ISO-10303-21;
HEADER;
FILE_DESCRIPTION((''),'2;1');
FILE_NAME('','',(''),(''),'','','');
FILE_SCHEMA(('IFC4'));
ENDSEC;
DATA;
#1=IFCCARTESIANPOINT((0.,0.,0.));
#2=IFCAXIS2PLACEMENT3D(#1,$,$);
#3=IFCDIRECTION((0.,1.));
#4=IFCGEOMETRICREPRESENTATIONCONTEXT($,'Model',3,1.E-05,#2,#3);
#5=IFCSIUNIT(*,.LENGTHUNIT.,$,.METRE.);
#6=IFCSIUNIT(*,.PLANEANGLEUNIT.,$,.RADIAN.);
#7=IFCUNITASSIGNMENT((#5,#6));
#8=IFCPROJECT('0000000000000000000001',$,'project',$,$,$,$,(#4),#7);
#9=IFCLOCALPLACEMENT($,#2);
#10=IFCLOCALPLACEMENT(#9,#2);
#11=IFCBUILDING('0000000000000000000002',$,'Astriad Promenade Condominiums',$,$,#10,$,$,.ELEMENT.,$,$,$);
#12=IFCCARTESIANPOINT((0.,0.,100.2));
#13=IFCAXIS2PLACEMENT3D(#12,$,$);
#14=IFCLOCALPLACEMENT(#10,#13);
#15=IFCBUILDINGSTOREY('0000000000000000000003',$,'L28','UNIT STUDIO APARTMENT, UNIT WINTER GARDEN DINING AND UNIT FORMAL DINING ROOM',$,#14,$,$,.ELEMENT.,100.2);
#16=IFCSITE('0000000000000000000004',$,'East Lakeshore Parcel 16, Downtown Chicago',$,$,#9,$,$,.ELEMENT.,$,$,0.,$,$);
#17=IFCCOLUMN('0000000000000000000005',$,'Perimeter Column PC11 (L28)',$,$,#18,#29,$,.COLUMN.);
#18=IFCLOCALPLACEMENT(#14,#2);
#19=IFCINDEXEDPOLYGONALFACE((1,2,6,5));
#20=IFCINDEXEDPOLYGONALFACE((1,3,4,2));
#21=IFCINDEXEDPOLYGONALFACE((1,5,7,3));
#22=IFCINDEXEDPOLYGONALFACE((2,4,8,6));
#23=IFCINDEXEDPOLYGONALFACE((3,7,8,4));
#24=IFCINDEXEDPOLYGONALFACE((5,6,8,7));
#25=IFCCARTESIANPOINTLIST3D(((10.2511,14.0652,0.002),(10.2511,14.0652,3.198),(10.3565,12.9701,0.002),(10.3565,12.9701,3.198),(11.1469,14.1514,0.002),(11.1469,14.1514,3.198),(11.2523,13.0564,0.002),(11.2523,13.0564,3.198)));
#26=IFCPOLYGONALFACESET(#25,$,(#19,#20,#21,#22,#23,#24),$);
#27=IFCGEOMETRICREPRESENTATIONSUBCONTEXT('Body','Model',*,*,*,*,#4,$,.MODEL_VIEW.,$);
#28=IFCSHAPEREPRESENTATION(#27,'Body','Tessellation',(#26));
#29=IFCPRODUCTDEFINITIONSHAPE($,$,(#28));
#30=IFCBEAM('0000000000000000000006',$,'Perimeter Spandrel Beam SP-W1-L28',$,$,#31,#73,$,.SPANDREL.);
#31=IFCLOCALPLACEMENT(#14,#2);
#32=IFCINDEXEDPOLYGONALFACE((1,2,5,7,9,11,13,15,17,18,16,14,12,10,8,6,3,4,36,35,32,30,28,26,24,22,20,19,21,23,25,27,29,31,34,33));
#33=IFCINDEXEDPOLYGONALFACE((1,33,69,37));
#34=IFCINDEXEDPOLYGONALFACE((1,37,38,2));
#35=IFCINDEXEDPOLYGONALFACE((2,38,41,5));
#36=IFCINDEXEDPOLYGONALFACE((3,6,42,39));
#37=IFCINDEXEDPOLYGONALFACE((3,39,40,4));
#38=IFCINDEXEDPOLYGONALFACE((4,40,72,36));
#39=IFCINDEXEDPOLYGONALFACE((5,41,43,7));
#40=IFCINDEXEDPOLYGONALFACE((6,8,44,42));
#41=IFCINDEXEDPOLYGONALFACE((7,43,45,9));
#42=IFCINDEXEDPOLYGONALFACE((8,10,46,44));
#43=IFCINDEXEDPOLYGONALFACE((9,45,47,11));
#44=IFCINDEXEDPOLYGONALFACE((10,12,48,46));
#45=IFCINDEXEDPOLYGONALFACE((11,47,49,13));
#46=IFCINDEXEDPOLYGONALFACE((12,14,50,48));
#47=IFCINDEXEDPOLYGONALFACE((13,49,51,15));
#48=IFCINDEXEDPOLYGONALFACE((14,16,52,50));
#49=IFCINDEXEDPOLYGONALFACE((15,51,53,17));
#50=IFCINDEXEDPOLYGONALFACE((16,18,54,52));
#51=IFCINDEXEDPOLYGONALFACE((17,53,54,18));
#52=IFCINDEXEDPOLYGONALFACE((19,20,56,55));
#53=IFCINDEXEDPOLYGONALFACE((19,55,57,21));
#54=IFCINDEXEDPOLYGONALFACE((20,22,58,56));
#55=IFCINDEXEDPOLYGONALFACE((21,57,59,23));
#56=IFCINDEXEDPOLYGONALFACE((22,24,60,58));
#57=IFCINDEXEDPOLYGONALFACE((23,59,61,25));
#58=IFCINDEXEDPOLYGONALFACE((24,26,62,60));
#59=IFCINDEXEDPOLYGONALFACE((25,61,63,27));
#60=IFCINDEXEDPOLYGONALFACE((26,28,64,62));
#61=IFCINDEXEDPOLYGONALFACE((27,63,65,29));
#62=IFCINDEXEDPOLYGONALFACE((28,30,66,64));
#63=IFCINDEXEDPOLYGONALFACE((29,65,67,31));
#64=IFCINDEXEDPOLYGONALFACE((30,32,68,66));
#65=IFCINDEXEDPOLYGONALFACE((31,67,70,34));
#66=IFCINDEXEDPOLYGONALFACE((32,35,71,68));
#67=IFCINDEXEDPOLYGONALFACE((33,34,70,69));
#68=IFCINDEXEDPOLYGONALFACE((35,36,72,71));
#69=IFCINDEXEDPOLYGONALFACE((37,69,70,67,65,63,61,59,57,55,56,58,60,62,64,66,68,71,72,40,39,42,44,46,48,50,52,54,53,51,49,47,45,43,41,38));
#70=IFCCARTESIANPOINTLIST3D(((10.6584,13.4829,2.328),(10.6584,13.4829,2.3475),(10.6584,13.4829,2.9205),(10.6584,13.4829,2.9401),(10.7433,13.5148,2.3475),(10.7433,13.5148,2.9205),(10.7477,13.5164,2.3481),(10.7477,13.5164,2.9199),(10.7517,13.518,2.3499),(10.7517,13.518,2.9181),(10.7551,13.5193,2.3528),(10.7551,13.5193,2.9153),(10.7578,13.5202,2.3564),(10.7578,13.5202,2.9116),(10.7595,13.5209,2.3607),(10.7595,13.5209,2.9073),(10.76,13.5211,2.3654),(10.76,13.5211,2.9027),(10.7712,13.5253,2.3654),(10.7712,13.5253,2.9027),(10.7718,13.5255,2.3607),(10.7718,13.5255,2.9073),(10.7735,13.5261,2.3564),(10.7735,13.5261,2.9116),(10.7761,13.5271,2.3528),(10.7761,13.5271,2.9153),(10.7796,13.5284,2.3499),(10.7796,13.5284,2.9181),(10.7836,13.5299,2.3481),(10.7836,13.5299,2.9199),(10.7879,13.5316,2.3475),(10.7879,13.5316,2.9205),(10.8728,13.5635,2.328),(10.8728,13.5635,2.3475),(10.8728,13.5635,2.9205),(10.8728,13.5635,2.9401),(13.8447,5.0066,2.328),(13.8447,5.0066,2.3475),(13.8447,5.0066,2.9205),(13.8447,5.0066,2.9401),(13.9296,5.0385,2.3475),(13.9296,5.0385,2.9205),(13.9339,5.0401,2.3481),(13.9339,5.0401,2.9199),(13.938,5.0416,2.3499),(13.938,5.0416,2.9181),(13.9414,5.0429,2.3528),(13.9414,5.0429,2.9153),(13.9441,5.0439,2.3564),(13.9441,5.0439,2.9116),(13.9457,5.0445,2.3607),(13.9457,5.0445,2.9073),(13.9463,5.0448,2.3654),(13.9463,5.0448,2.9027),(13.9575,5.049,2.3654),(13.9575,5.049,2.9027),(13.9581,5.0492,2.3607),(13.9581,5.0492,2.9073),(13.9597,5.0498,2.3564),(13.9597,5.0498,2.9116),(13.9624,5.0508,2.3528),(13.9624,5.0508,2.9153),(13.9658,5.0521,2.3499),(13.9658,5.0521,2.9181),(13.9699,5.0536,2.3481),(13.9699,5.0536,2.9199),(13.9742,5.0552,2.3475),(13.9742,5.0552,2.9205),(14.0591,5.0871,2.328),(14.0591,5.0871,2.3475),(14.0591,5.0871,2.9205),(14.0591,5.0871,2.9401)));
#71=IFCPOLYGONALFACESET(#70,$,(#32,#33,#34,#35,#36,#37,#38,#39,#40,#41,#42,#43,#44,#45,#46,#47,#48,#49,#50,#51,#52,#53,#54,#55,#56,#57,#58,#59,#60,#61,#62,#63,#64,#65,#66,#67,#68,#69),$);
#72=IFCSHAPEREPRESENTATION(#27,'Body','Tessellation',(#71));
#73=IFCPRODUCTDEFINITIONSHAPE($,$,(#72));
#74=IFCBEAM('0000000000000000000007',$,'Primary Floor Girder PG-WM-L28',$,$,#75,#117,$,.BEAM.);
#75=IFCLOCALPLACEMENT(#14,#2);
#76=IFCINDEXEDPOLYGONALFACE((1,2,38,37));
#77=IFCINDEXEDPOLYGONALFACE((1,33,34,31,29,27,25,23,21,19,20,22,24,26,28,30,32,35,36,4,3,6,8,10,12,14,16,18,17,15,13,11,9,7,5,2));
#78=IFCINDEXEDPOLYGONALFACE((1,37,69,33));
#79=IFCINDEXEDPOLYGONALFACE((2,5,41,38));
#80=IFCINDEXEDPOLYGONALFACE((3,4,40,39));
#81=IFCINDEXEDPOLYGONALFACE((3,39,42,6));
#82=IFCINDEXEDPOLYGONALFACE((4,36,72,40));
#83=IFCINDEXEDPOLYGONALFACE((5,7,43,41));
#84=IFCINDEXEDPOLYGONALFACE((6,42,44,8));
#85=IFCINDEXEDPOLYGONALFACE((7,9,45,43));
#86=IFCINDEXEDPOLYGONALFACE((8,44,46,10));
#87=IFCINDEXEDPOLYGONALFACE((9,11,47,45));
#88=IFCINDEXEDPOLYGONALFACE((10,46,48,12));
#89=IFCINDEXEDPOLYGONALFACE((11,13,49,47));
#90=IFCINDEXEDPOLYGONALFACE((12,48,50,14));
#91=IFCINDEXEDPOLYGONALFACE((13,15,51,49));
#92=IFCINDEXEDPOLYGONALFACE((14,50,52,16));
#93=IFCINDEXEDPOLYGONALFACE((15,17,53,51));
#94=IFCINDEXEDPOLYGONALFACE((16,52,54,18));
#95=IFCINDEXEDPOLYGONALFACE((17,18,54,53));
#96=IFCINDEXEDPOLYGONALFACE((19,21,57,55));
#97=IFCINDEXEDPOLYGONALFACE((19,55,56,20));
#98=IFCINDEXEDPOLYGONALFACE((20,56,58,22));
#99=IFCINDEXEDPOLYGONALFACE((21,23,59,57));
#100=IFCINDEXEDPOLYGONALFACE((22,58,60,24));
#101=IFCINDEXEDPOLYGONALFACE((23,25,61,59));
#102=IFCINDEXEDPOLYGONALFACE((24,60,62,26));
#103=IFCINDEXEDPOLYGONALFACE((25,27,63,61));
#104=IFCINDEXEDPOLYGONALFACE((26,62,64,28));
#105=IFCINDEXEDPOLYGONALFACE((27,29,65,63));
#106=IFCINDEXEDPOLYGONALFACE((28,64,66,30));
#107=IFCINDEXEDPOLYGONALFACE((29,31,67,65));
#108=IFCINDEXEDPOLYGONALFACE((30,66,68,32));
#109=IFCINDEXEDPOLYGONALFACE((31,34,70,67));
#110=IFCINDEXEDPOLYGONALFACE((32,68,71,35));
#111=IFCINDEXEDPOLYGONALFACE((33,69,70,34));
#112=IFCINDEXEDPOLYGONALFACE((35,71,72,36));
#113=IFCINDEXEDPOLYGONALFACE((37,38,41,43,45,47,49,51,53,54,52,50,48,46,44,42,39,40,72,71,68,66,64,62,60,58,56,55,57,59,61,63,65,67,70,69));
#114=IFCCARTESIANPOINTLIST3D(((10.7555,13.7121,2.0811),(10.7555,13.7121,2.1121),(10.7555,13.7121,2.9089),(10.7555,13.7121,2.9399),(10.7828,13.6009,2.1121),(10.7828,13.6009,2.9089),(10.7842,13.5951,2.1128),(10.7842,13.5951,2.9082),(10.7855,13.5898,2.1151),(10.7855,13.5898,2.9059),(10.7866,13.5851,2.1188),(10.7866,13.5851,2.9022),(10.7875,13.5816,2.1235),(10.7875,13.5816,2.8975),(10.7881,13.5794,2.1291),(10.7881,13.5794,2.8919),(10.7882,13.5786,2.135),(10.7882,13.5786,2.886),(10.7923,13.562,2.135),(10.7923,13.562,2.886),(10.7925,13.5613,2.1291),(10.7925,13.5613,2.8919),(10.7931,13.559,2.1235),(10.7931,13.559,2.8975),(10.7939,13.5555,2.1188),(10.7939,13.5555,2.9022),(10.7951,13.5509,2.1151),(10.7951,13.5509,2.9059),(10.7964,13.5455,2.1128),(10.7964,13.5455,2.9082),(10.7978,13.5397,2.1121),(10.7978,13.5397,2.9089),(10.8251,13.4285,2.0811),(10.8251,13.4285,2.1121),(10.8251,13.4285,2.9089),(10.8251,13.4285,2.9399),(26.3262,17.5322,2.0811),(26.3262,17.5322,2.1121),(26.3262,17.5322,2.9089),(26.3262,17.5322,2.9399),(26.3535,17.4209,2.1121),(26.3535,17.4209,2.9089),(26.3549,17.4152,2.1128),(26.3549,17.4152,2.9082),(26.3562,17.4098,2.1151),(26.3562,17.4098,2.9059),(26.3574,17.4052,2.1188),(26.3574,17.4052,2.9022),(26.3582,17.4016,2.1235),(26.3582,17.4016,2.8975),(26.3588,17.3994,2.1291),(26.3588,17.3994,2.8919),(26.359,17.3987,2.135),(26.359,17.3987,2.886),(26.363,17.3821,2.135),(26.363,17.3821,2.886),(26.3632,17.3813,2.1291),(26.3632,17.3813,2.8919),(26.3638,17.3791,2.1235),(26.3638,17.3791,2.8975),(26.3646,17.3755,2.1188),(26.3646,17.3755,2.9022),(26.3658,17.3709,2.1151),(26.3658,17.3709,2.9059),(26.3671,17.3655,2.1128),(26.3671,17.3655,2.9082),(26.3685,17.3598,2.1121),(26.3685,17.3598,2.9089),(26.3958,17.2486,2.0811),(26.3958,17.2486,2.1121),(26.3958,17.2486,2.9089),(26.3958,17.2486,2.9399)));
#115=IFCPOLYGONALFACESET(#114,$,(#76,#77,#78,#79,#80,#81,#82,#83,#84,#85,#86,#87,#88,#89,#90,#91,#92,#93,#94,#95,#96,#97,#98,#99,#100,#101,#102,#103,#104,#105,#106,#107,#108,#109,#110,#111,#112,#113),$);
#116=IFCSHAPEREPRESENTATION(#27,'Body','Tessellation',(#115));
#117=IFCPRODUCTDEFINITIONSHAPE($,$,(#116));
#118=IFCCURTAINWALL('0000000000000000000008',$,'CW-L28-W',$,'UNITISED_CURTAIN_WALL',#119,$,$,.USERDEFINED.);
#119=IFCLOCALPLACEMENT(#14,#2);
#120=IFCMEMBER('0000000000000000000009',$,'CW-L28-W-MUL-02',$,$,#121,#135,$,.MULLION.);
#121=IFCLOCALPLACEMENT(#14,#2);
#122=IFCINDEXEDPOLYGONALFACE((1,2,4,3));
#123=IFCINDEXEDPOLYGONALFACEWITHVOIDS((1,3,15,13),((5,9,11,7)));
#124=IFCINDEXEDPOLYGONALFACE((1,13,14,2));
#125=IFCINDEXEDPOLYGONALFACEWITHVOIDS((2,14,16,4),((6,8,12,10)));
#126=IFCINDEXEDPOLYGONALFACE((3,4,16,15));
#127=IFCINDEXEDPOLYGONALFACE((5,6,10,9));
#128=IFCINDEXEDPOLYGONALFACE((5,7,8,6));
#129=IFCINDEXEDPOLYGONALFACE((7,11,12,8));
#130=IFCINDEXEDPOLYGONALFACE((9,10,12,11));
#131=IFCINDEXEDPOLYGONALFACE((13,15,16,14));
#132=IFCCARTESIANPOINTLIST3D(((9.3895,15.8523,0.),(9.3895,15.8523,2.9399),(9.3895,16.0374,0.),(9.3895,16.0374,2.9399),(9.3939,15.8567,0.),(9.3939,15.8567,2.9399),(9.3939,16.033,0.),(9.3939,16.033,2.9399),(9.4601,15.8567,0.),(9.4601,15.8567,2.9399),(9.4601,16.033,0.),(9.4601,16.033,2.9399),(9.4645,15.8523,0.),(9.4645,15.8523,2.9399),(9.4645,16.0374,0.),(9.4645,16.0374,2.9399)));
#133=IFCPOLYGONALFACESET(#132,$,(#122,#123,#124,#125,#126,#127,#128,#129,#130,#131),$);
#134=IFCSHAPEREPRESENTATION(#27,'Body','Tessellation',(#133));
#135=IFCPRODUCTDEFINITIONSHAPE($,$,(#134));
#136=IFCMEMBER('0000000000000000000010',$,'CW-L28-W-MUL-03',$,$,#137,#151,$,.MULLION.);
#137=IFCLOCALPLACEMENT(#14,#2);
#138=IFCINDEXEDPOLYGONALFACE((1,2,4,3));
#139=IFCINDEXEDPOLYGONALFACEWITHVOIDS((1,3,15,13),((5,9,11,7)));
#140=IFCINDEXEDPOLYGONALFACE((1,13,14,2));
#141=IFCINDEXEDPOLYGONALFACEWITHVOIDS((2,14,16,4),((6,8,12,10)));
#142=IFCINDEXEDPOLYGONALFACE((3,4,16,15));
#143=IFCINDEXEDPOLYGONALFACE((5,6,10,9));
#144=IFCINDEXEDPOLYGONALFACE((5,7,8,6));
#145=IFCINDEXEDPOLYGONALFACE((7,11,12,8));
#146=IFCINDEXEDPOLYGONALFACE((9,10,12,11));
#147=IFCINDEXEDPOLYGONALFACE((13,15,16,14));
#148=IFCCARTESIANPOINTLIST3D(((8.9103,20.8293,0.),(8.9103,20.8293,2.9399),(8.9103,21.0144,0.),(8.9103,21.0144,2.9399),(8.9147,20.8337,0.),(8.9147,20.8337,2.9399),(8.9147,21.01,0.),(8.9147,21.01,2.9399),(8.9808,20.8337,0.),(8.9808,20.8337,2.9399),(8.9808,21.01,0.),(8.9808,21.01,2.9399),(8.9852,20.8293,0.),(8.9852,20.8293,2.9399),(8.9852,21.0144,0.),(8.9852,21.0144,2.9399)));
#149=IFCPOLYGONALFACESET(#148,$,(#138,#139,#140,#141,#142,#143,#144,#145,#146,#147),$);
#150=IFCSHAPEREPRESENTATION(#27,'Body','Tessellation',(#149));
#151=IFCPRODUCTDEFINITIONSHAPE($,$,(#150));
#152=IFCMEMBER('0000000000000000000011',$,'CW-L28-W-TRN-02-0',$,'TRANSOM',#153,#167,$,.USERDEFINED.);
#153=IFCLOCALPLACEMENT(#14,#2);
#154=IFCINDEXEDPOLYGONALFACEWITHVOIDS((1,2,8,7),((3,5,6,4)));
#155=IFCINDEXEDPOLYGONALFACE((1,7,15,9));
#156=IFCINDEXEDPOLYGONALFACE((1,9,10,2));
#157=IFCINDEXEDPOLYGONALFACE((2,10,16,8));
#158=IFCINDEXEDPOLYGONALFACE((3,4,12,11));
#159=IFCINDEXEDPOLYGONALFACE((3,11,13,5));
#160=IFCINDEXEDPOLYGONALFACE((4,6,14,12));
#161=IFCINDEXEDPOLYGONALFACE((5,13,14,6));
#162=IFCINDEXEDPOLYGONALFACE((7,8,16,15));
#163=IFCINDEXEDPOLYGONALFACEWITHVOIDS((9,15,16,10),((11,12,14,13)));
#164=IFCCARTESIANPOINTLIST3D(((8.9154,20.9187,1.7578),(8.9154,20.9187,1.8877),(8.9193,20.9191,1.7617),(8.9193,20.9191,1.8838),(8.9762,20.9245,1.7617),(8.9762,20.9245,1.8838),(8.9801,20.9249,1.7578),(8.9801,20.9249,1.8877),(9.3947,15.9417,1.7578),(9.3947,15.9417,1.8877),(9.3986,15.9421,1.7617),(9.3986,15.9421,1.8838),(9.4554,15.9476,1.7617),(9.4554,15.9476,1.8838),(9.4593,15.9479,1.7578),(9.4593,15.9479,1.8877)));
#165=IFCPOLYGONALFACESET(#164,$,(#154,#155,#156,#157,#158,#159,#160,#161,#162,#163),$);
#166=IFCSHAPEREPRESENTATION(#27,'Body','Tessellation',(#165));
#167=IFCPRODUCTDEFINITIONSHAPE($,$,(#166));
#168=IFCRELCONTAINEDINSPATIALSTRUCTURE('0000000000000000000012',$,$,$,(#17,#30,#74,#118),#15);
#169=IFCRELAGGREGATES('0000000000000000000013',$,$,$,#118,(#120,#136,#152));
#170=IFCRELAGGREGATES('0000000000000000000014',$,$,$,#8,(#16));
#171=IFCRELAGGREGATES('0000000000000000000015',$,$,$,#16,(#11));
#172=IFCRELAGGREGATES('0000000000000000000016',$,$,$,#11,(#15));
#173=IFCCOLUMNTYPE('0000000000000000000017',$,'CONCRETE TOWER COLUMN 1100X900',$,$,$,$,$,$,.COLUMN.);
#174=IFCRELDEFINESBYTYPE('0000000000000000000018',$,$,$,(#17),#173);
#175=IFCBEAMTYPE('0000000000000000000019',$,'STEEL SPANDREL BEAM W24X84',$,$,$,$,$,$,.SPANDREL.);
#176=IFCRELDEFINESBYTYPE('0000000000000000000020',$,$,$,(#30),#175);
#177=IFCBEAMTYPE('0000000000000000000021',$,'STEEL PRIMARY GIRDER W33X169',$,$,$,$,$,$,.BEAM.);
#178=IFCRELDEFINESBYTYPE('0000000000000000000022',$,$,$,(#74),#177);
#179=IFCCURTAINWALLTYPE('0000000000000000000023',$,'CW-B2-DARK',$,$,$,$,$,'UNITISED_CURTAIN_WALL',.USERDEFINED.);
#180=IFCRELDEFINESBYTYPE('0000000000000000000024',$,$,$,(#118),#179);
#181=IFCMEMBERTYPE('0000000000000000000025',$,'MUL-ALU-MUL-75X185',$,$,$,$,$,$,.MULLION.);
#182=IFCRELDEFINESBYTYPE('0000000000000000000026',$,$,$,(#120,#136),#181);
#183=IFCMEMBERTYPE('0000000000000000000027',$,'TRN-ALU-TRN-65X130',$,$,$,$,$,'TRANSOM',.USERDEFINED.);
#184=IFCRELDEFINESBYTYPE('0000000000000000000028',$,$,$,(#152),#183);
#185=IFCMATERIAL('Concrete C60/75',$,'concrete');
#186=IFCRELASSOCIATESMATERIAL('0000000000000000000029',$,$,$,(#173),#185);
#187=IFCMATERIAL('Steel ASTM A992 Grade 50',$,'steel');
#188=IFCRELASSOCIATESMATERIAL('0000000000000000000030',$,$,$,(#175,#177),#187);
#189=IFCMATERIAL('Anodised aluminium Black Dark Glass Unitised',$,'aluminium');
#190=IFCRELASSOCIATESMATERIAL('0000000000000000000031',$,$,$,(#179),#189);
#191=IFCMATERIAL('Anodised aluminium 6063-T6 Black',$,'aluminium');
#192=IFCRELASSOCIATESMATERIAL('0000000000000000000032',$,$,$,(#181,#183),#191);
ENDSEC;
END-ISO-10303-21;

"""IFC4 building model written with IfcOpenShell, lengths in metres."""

from ifc_helpers import new_model, si_unit, direction, frame, origin, origin_2d, place, context, subcontext, project, spatial, rectangle, hollow_rectangle, i_section, extrude, source, transform, mapped, material, material_profile, profile_set, type_object, type_shapes, element, aggregate, save


model = new_model("IFC4")

# Units and contexts
model_context = context("Model", 3, precision=1e-05, world=origin(), true_north=direction((0.0, 1.0)))
body_context = subcontext(model_context, "Body", "Model", "MODEL_VIEW")
ifc_project = project(units=[si_unit("LENGTHUNIT", "METRE"), si_unit("PLANEANGLEUNIT", "RADIAN")], contexts=[model_context])

# Site, building, storey
site_placement = place(None, origin())
site = spatial("IfcSite", under=ifc_project, at=site_placement, Name="East Lakeshore Parcel 16, Downtown Chicago", CompositionType="ELEMENT", RefElevation=0.0)
building_placement = place(site_placement, origin())
building = spatial("IfcBuilding", under=site, at=building_placement, Name="Astriad Promenade Condominiums", CompositionType="ELEMENT")
storey_placement = place(building_placement, frame((0.0, 0.0, 100.2)))
storey = spatial("IfcBuildingStorey", under=building, at=storey_placement, Name="L28", Description="UNIT STUDIO APARTMENT, UNIT WINTER GARDEN DINING AND UNIT FORMAL DINING ROOM", CompositionType="ELEMENT", Elevation=100.2)

# Column
ifc_material_1 = material(Name="Concrete C60/75", Category="concrete")
ifc_material_profile_1 = material_profile(ifc_material_1, rectangle(XDim=0.8999, YDim=1.1001, at=origin_2d()), Name="RC-COL-1100X900")
ifc_profile_set_1 = profile_set([ifc_material_profile_1], Name="Concrete C60/75")
column_type = type_object("IfcColumnType", Name="CONCRETE TOWER COLUMN 1100X900", PredefinedType="COLUMN", material=ifc_profile_set_1)
shared_shape_1 = source(origin(), body_context, "Body", "SweptSolid", [
    extrude(rectangle(XDim=0.8999, YDim=1.1001, at=origin_2d()), origin(), (0.0, 0.0, 1.0), 3.196),
])
type_shapes(column_type, [shared_shape_1])
column_placement = place(storey_placement, frame((10.7517, 13.5608, 0.002), z_axis=(0.0, 0.0, 1.0), x_axis=(0.995396, 0.095846, 0.0)))
element("IfcColumn", 1, at=column_placement, inside=storey, type_object=column_type, Name="Perimeter Column PC11 (L28)", PredefinedType="COLUMN", context=body_context, shape_type="MappedRepresentation", body=[
    mapped(shared_shape_1, transform((0.0, 0.0, 0.0), scale=1.0)),
])

# Beams
ifc_material_2 = material(Name="Steel ASTM A992 Grade 50", Category="steel")
ifc_material_profile_2 = material_profile(ifc_material_2, i_section(OverallWidth=0.229, OverallDepth=0.6121, WebThickness=0.012, FlangeThickness=0.0195, FilletRadius=0.0178, at=origin_2d()), Name="W24X84")
ifc_profile_set_2 = profile_set([ifc_material_profile_2], Name="Steel ASTM A992 Grade 50")
beam_type_1 = type_object("IfcBeamType", Name="STEEL SPANDREL BEAM W24X84", PredefinedType="SPANDREL", material=ifc_profile_set_2)
shared_shape_2 = source(origin(), body_context, "Body", "SweptSolid", [
    extrude(i_section(OverallWidth=0.229, OverallDepth=0.6121, WebThickness=0.012, FlangeThickness=0.0195, FilletRadius=0.0178, at=origin_2d()), origin(), (0.0, 0.0, 1.0), 9.0554),
])
type_shapes(beam_type_1, [shared_shape_2])
beam_1_placement = place(storey_placement, frame((10.7656, 13.5232, 2.634), z_axis=(0.351865, -0.936051, 0.0), x_axis=(0.936051, 0.351865, 0.0)))
element("IfcBeam", 2, at=beam_1_placement, inside=storey, type_object=beam_type_1, Name="Perimeter Spandrel Beam SP-W1-L28", PredefinedType="SPANDREL", context=body_context, shape_type="MappedRepresentation", body=[
    mapped(shared_shape_2, transform((0.0, 0.0, 0.0), scale=1.0)),
])
ifc_material_profile_3 = material_profile(ifc_material_2, i_section(OverallWidth=0.292, OverallDepth=0.8589, WebThickness=0.0171, FlangeThickness=0.031, FilletRadius=0.0229, at=origin_2d()), Name="W33X169")
ifc_profile_set_3 = profile_set([ifc_material_profile_3], Name="Steel ASTM A992 Grade 50")
beam_type_2 = type_object("IfcBeamType", Name="STEEL PRIMARY GIRDER W33X169", PredefinedType="BEAM", material=ifc_profile_set_3)
shared_shape_3 = source(origin(), body_context, "Body", "SweptSolid", [
    extrude(i_section(OverallWidth=0.292, OverallDepth=0.8589, WebThickness=0.0171, FlangeThickness=0.031, FilletRadius=0.0229, at=origin_2d()), origin(), (0.0, 0.0, 1.0), 16.0325),
])
type_shapes(beam_type_2, [shared_shape_3])
beam_2_placement = place(storey_placement, frame((10.7903, 13.5703, 2.5105), z_axis=(0.971199, 0.238269, 0.0), x_axis=(-0.238269, 0.971199, 0.0)))
element("IfcBeam", 3, at=beam_2_placement, inside=storey, type_object=beam_type_2, Name="Primary Floor Girder PG-WM-L28", PredefinedType="BEAM", context=body_context, shape_type="MappedRepresentation", body=[
    mapped(shared_shape_3, transform((0.0, 0.0, 0.0), scale=1.0)),
])

# Curtain wall, members
ifc_material_3 = material(Name="Anodised aluminium Black Dark Glass Unitised", Category="aluminium")
curtain_wall_type = type_object("IfcCurtainWallType", Name="CW-B2-DARK", ElementType="UNITISED_CURTAIN_WALL", PredefinedType="USERDEFINED", material=ifc_material_3)
curtain_wall_placement = place(storey_placement, origin())
curtain_wall = element("IfcCurtainWall", 4, at=curtain_wall_placement, inside=storey, type_object=curtain_wall_type, Name="CW-L28-W", ObjectType="UNITISED_CURTAIN_WALL", PredefinedType="USERDEFINED")
ifc_material_4 = material(Name="Anodised aluminium 6063-T6 Black", Category="aluminium")
ifc_material_profile_4 = material_profile(ifc_material_4, hollow_rectangle(XDim=0.075, YDim=0.1851, WallThickness=0.0044, at=origin_2d()), Name="ALU-MUL-75X185")
ifc_profile_set_4 = profile_set([ifc_material_profile_4], Name="Anodised aluminium 6063-T6 Black")
member_type_1 = type_object("IfcMemberType", Name="MUL-ALU-MUL-75X185", PredefinedType="MULLION", material=ifc_profile_set_4)
shared_shape_4 = source(origin(), body_context, "Body", "SweptSolid", [
    extrude(hollow_rectangle(XDim=0.075, YDim=0.1851, WallThickness=0.0044, at=origin_2d()), origin(), (0.0, 0.0, 1.0), 2.9399),
])
type_shapes(member_type_1, [shared_shape_4])
member_1_placement = place(storey_placement, frame((9.427, 15.9448, 0.0), z_axis=(0.0, 0.0, 1.0), x_axis=(1.0, 0.0, 0.0)))
member_1 = element("IfcMember", 5, at=member_1_placement, type_object=member_type_1, Name="CW-L28-W-MUL-02", PredefinedType="MULLION", context=body_context, shape_type="MappedRepresentation", body=[
    mapped(shared_shape_4, transform((0.0, 0.0, 0.0), scale=1.0)),
])
member_2_placement = place(storey_placement, frame((8.9478, 20.9219, 0.0), z_axis=(0.0, 0.0, 1.0), x_axis=(1.0, 0.0, 0.0)))
member_2 = element("IfcMember", 6, at=member_2_placement, type_object=member_type_1, Name="CW-L28-W-MUL-03", PredefinedType="MULLION", context=body_context, shape_type="MappedRepresentation", body=[
    mapped(shared_shape_4, transform((0.0, 0.0, 0.0), scale=1.0)),
])
ifc_material_profile_5 = material_profile(ifc_material_4, hollow_rectangle(XDim=0.0649, YDim=0.1299, WallThickness=0.0039, at=origin_2d()), Name="ALU-TRN-65X130")
ifc_profile_set_5 = profile_set([ifc_material_profile_5], Name="Anodised aluminium 6063-T6 Black")
member_type_2 = type_object("IfcMemberType", Name="TRN-ALU-TRN-65X130", ElementType="TRANSOM", PredefinedType="USERDEFINED", material=ifc_profile_set_5)
shared_shape_5 = source(origin(), body_context, "Body", "SweptSolid", [
    extrude(hollow_rectangle(XDim=0.0649, YDim=0.1299, WallThickness=0.0039, at=origin_2d()), origin(), (0.0, 0.0, 1.0), 5.0),
])
type_shapes(member_type_2, [shared_shape_5])
member_3_placement = place(storey_placement, frame((9.427, 15.9448, 1.8228), z_axis=(-0.095848, 0.995396, 0.0), x_axis=(-0.995396, -0.095848, 0.0)))
member_3 = element("IfcMember", 7, at=member_3_placement, type_object=member_type_2, Name="CW-L28-W-TRN-02-0", ObjectType="TRANSOM", PredefinedType="USERDEFINED", context=body_context, shape_type="MappedRepresentation", body=[
    mapped(shared_shape_5, transform((0.0, 0.0, 0.0), scale=1.0)),
])
aggregate(curtain_wall, [member_1, member_2, member_3])

save(model, "model.ifc")
